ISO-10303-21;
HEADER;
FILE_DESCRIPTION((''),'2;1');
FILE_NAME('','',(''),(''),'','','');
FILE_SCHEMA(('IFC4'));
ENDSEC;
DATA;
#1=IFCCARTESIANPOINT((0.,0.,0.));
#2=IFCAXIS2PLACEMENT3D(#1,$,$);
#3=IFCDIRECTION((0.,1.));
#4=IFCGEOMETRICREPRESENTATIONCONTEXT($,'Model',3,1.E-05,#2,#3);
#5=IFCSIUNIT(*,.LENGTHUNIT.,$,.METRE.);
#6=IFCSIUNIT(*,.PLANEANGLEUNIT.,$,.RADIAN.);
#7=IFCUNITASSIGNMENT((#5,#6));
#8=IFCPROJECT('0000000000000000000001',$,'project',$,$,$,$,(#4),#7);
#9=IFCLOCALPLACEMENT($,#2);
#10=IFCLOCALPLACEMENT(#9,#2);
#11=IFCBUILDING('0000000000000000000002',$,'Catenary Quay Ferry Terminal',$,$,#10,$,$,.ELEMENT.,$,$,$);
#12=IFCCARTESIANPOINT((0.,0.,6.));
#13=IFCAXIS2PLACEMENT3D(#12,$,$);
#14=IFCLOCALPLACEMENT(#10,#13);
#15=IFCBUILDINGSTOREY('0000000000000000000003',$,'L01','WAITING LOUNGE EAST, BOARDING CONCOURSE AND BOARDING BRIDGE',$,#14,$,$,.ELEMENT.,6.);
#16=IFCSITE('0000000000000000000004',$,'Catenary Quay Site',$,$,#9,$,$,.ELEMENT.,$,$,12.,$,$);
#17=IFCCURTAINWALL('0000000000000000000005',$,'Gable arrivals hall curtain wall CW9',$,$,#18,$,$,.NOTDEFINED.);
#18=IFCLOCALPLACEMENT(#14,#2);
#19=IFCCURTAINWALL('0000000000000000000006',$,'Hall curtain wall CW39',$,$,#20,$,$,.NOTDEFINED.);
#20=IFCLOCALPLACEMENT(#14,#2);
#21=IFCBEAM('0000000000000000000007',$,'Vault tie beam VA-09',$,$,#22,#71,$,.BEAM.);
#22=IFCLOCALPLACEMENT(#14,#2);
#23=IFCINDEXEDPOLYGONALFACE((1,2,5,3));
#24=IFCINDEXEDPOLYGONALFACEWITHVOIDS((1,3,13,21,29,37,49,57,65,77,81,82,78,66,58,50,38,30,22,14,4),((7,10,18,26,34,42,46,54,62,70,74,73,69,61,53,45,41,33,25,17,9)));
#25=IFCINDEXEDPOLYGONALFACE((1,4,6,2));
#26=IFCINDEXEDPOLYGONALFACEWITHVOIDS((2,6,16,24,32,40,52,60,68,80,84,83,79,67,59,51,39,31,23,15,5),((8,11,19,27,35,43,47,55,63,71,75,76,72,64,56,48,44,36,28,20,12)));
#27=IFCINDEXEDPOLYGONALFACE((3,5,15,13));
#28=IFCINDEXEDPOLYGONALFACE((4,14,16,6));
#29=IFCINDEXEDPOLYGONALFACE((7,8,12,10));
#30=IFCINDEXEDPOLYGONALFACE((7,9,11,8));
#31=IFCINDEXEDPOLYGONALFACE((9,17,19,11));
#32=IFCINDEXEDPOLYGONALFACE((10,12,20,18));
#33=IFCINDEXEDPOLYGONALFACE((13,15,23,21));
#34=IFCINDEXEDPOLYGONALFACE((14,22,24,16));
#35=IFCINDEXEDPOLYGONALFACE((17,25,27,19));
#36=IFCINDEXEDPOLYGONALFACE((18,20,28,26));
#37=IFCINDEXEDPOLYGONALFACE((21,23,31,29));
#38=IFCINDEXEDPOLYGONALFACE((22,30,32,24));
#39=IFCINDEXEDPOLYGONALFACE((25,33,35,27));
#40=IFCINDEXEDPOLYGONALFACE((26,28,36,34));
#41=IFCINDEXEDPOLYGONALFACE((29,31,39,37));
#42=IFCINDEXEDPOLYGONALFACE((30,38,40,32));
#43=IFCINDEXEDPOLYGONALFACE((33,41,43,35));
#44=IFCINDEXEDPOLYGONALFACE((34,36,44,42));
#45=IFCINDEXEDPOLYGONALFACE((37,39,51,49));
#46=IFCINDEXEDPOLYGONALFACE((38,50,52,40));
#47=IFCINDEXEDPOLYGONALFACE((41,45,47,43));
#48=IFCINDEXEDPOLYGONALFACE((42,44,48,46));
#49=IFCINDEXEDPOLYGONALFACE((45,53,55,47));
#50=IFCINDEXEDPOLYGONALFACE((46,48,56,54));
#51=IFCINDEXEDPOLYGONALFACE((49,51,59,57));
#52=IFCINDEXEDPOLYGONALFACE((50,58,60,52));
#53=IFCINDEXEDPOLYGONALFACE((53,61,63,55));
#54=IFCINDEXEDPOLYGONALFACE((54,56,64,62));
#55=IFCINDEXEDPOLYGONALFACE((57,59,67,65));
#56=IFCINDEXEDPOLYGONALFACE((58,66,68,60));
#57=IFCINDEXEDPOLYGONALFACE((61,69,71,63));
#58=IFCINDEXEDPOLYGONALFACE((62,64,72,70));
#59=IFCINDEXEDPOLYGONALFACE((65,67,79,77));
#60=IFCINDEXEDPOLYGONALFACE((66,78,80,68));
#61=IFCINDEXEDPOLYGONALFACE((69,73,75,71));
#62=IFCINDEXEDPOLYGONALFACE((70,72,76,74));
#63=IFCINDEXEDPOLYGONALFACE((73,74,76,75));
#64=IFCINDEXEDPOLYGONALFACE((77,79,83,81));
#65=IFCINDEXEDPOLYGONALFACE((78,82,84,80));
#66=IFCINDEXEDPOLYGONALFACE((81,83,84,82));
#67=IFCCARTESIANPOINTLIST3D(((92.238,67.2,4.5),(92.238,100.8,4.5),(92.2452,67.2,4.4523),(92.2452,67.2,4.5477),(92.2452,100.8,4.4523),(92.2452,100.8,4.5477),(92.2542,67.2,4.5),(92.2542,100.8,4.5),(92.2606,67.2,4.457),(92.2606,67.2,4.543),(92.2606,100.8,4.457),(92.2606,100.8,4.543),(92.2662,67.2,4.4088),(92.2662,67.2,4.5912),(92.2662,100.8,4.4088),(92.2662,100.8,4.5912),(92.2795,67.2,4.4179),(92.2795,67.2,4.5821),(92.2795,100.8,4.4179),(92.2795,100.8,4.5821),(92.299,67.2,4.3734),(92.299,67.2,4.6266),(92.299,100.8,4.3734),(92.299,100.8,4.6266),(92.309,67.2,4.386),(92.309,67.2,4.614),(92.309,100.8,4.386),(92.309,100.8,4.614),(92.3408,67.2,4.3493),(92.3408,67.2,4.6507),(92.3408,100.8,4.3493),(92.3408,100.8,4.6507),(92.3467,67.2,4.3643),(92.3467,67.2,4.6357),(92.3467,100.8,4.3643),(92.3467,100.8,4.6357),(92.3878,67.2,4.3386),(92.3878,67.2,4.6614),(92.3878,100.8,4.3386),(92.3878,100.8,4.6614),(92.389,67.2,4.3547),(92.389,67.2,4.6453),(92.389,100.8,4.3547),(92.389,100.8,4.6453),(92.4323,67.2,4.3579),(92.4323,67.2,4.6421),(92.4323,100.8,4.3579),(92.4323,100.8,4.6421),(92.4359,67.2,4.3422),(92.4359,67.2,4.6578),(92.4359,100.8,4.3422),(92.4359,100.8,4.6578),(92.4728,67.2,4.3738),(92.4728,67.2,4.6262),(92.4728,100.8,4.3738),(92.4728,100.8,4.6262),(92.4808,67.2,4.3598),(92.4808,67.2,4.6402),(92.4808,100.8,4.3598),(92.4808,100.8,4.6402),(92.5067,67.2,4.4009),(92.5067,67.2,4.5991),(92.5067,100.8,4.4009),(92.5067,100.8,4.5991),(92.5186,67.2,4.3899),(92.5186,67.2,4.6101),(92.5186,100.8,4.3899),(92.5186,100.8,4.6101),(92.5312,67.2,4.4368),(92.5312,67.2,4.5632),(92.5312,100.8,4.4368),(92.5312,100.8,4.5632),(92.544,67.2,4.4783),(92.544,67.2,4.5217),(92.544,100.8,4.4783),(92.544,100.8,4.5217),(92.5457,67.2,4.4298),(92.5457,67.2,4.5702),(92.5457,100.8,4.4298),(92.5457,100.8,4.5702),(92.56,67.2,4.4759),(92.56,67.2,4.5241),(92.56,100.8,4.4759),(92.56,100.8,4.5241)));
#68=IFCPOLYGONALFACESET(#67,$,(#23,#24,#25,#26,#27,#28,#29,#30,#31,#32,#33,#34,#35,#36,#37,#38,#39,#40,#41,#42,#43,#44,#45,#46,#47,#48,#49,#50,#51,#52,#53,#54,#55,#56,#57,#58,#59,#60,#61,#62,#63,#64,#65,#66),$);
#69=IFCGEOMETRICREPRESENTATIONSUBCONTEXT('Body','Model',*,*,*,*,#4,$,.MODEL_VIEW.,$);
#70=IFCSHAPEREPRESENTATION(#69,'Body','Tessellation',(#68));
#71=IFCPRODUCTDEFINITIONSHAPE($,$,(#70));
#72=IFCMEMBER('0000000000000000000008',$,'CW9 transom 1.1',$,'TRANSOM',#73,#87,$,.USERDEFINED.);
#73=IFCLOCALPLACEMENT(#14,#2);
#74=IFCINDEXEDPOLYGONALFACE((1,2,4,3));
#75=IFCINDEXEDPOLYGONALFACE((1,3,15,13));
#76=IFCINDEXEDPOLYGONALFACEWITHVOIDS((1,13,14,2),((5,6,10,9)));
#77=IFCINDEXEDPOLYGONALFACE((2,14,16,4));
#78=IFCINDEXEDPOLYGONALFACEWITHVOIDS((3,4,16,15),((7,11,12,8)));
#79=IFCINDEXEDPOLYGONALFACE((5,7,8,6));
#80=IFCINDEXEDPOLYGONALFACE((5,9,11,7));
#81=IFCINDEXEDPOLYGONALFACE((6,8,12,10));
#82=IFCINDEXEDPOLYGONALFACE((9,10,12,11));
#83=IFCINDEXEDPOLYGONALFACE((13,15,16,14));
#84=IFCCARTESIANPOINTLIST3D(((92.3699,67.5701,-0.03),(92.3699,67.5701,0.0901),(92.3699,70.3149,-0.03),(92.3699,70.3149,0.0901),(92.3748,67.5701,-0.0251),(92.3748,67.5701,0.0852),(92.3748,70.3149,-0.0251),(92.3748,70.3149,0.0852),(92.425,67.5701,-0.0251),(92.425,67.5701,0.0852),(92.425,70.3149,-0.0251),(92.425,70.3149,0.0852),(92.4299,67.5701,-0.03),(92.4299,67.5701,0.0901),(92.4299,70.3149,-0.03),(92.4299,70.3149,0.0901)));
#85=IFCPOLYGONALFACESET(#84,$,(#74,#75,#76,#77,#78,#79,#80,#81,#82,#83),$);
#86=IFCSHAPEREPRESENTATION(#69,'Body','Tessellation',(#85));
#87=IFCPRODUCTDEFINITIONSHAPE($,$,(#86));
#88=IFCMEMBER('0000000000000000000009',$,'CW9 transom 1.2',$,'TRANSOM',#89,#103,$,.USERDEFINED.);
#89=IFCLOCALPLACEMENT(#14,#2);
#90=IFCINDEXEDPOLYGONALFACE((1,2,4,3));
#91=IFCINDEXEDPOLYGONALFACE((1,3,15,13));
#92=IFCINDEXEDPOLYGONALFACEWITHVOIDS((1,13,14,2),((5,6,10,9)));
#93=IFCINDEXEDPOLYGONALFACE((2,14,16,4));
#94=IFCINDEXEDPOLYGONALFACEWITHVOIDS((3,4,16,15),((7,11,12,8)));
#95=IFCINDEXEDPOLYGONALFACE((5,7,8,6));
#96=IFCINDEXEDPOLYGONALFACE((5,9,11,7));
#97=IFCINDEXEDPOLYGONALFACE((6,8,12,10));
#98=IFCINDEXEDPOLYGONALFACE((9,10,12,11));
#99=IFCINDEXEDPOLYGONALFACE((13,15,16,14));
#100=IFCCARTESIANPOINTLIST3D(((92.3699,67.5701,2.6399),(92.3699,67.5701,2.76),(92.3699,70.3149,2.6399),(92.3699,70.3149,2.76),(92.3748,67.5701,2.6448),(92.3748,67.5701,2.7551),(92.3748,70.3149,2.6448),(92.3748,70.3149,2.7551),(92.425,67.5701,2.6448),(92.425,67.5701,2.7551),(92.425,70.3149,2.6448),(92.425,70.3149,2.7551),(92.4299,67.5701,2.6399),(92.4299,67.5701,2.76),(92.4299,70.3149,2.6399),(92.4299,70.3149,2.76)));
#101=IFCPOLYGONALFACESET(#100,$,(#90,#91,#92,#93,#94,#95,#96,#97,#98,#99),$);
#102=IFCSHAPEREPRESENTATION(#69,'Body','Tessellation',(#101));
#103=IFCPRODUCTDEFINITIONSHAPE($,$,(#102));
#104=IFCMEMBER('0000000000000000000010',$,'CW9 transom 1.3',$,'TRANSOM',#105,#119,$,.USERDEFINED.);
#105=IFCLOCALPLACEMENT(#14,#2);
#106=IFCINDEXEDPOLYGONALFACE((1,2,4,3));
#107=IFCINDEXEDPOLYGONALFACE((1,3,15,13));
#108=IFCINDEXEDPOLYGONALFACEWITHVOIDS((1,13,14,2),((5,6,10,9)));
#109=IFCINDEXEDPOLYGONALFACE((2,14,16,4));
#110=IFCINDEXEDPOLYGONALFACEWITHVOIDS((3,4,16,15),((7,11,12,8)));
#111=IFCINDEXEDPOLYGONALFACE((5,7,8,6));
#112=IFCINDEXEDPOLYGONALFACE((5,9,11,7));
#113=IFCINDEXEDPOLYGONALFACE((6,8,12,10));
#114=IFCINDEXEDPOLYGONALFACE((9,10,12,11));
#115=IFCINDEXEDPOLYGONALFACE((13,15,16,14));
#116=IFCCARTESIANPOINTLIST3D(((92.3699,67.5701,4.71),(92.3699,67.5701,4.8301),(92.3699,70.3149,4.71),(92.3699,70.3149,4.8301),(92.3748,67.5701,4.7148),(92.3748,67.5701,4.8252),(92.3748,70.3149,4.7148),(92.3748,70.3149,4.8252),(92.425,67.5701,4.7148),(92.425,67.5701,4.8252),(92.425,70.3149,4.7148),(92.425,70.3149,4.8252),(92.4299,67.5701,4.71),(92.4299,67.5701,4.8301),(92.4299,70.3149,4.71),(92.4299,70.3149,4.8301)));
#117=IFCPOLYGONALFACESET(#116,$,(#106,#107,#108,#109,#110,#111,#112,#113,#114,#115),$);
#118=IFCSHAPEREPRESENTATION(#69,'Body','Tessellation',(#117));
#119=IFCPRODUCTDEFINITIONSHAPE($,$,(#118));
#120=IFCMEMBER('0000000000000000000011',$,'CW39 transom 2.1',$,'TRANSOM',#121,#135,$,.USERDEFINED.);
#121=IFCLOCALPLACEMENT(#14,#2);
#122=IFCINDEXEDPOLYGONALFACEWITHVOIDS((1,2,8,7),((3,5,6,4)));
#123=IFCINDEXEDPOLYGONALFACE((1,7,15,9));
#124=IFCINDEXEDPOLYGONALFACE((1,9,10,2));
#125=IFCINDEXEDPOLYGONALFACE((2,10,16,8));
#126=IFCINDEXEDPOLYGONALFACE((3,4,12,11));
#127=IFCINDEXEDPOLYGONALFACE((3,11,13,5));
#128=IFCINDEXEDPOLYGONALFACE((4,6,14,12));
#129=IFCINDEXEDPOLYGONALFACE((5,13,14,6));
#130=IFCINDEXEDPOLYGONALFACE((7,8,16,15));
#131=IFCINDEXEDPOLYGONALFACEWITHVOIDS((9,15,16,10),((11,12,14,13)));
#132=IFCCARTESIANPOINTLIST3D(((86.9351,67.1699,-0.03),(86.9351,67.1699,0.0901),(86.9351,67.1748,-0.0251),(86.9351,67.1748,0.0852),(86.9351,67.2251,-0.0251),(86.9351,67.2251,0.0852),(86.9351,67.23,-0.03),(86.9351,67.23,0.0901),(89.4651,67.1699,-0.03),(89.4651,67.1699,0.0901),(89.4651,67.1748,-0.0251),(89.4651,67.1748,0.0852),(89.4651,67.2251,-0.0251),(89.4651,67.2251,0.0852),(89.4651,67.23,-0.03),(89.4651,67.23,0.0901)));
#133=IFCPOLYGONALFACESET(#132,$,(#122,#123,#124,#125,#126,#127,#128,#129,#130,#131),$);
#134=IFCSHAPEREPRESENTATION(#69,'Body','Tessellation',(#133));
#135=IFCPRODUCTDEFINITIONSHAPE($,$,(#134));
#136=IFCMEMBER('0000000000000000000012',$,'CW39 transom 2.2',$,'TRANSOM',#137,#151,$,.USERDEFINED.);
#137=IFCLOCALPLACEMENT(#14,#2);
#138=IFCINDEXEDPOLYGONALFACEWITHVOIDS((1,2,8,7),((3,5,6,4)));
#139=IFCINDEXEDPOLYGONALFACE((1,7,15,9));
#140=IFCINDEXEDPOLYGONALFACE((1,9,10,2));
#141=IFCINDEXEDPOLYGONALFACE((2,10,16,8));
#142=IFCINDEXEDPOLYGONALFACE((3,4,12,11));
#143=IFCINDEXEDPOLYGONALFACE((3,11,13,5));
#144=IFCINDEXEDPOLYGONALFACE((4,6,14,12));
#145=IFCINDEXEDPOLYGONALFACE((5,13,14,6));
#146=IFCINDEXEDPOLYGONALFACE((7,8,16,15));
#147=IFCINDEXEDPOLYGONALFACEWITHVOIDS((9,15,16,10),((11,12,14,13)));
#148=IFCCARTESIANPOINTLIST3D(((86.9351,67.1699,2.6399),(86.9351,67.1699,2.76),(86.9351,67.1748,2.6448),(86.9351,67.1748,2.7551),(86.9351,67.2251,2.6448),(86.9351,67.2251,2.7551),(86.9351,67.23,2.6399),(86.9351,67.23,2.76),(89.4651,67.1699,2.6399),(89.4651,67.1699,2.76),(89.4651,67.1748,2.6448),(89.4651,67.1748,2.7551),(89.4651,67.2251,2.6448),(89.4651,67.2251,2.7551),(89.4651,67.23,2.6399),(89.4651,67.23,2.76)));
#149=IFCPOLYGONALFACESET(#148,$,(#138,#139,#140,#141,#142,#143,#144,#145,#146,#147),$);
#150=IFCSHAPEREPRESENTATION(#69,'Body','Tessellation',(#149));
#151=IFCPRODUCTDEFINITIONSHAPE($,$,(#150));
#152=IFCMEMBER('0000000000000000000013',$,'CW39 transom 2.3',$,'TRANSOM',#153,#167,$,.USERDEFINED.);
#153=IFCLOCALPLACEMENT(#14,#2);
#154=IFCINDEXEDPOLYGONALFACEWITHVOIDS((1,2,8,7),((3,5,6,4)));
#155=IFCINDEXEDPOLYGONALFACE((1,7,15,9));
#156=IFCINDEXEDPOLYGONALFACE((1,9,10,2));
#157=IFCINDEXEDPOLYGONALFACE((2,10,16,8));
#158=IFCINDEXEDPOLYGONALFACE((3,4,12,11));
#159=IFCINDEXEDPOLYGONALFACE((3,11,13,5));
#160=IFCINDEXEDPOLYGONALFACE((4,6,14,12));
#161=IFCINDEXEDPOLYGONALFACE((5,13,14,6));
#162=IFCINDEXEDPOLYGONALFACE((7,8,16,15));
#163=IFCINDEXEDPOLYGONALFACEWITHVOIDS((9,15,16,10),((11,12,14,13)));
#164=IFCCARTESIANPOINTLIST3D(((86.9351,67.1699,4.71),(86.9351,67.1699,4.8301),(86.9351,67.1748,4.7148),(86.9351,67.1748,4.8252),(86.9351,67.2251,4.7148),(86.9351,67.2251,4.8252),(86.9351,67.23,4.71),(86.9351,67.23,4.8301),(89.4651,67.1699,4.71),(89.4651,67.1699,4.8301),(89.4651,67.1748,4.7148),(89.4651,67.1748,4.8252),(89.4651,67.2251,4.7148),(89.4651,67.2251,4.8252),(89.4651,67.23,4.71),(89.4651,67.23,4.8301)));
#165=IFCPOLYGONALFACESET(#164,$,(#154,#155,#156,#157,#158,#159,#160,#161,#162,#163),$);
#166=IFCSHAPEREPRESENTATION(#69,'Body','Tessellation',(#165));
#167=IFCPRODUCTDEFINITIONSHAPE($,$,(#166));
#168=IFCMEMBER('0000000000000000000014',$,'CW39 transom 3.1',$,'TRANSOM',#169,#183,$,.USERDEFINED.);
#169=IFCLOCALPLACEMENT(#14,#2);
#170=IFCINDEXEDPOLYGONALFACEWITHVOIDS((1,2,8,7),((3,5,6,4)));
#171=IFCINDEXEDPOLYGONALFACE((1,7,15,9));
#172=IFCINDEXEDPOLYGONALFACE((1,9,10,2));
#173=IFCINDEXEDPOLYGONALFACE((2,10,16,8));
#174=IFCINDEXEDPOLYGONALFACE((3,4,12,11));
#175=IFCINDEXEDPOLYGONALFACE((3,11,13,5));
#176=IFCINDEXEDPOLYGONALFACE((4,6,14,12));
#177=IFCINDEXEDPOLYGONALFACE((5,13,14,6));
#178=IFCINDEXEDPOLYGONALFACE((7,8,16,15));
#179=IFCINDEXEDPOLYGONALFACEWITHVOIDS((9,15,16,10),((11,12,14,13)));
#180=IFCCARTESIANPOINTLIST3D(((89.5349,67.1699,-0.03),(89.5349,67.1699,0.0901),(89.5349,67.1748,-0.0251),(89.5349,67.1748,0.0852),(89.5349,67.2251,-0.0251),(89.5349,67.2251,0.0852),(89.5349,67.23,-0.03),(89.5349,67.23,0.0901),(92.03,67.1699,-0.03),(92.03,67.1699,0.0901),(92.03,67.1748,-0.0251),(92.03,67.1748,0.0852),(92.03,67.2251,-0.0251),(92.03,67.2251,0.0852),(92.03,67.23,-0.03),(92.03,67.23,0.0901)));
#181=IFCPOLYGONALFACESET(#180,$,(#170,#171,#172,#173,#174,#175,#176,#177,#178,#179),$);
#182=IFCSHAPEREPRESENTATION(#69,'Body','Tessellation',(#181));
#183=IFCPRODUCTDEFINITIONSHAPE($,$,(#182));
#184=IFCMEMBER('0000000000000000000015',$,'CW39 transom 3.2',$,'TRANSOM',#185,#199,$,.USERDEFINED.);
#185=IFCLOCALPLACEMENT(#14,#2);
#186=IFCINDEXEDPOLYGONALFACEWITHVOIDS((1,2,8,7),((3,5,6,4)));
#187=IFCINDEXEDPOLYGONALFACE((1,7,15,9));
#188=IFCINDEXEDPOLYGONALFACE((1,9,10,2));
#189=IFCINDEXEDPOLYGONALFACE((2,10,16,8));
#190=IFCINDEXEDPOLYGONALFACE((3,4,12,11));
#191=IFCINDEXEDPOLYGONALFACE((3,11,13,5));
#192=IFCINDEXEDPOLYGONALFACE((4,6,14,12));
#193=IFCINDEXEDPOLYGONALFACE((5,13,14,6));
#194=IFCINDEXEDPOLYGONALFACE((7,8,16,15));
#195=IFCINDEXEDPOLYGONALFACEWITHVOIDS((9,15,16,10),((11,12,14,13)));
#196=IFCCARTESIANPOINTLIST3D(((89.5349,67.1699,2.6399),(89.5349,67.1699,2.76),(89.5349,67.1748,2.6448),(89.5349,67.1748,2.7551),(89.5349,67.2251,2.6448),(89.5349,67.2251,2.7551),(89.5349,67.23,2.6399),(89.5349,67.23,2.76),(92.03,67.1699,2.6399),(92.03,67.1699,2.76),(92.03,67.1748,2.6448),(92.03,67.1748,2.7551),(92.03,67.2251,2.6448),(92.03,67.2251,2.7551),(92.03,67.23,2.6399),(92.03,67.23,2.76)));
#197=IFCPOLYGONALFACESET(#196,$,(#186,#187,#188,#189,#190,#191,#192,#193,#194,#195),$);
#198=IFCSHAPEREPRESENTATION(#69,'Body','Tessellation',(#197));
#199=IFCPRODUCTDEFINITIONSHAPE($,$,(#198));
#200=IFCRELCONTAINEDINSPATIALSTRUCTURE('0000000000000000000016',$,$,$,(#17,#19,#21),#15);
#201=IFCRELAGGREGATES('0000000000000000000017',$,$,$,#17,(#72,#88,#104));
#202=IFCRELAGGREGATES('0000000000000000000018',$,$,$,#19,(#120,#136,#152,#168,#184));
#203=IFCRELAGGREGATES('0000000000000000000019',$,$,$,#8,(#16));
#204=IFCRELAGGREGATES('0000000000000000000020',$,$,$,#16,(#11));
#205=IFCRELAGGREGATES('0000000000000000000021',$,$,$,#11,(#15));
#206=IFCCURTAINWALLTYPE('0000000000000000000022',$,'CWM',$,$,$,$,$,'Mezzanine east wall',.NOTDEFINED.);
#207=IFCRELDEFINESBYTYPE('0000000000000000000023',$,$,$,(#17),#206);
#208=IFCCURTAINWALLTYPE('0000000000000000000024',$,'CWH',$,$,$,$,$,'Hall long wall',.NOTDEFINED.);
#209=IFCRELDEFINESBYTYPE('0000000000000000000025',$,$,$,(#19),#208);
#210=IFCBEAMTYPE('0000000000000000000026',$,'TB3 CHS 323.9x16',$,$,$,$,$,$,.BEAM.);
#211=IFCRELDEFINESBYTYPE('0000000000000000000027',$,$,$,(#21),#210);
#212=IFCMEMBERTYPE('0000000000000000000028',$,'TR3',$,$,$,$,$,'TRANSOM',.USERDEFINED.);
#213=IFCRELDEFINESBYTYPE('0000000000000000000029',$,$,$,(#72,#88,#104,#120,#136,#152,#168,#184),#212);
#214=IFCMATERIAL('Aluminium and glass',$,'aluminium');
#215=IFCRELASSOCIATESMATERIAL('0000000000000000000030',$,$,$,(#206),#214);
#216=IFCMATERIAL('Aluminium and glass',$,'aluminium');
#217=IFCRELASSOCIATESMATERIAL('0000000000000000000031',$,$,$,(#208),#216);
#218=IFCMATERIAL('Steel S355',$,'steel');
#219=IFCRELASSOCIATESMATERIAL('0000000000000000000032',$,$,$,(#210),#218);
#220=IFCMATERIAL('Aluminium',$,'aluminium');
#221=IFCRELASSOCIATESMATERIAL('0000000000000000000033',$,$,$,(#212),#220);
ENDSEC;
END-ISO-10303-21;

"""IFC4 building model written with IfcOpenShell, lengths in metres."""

from ifc_helpers import new_model, si_unit, direction, frame, origin, origin_2d, place, context, subcontext, project, spatial, hollow_rectangle, hollow_circle, extrude, material, material_profile, profile_set, type_object, element, aggregate, save


model = new_model("IFC4")

# Units and contexts
model_context = context("Model", 3, precision=1e-05, world=origin(), true_north=direction((0.0, 1.0)))
body_context = subcontext(model_context, "Body", "Model", "MODEL_VIEW")
ifc_project = project(units=[si_unit("LENGTHUNIT", "METRE"), si_unit("PLANEANGLEUNIT", "RADIAN")], contexts=[model_context])

# Site, building, storey
site_placement = place(None, origin())
site = spatial("IfcSite", under=ifc_project, at=site_placement, Name="Catenary Quay Site", CompositionType="ELEMENT", RefElevation=12.0)
building_placement = place(site_placement, origin())
building = spatial("IfcBuilding", under=site, at=building_placement, Name="Catenary Quay Ferry Terminal", CompositionType="ELEMENT")
storey_placement = place(building_placement, frame((0.0, 0.0, 6.0)))
storey = spatial("IfcBuildingStorey", under=building, at=storey_placement, Name="L01", Description="WAITING LOUNGE EAST, BOARDING CONCOURSE AND BOARDING BRIDGE", CompositionType="ELEMENT", Elevation=6.0)

# Curtain wall
ifc_material_1 = material(Name="Aluminium and glass", Category="aluminium")
curtain_wall_type_1 = type_object("IfcCurtainWallType", Name="CWM", ElementType="Mezzanine east wall", PredefinedType="NOTDEFINED", material=ifc_material_1)
curtain_wall_1_placement = place(storey_placement, origin())
curtain_wall_1 = element("IfcCurtainWall", 1, at=curtain_wall_1_placement, inside=storey, type_object=curtain_wall_type_1, Name="Gable arrivals hall curtain wall CW9", PredefinedType="NOTDEFINED")

# Curtain wall
ifc_material_2 = material(Name="Aluminium and glass", Category="aluminium")
curtain_wall_type_2 = type_object("IfcCurtainWallType", Name="CWH", ElementType="Hall long wall", PredefinedType="NOTDEFINED", material=ifc_material_2)
curtain_wall_2_placement = place(storey_placement, origin())
curtain_wall_2 = element("IfcCurtainWall", 2, at=curtain_wall_2_placement, inside=storey, type_object=curtain_wall_type_2, Name="Hall curtain wall CW39", PredefinedType="NOTDEFINED")

# Beam
ifc_material_3 = material(Name="Steel S355", Category="steel")
ifc_material_profile_1 = material_profile(ifc_material_3, hollow_circle(Radius=0.1619, WallThickness=0.0161, at=origin_2d()), Name="CHS 323.9x16")
ifc_profile_set_1 = profile_set([ifc_material_profile_1], Name="Steel S355")
beam_type_1 = type_object("IfcBeamType", Name="TB3 CHS 323.9x16", PredefinedType="BEAM", material=ifc_profile_set_1)
beam_1_placement = place(storey_placement, frame((92.3999, 67.2, 4.5), z_axis=(0.0, 1.0, 0.0), x_axis=(-1.0, 0.0, 0.0)))
element("IfcBeam", 3, at=beam_1_placement, inside=storey, type_object=beam_type_1, Name="Vault tie beam VA-09", PredefinedType="BEAM", context=body_context, shape_type="SweptSolid", body=[
    extrude(hollow_circle(Radius=0.1619, WallThickness=0.0161, at=origin_2d()), origin(), (0.0, 0.0, 1.0), 33.6001),
])

# Members
ifc_material_4 = material(Name="Aluminium", Category="aluminium")
ifc_material_profile_2 = material_profile(ifc_material_4, hollow_rectangle(XDim=0.0601, YDim=0.1201, WallThickness=0.0049, at=origin_2d()), Name="TR3")
ifc_profile_set_2 = profile_set([ifc_material_profile_2], Name="Aluminium")
member_type_1 = type_object("IfcMemberType", Name="TR3", ElementType="TRANSOM", PredefinedType="USERDEFINED", material=ifc_profile_set_2)
member_1_placement = place(storey_placement, frame((92.3999, 67.5701, 0.03), z_axis=(0.0, 1.0, 0.0), x_axis=(-1.0, 0.0, 0.0)))
member_1 = element("IfcMember", 4, at=member_1_placement, type_object=member_type_1, Name="CW9 transom 1.1", ObjectType="TRANSOM", PredefinedType="USERDEFINED", context=body_context, shape_type="SweptSolid", body=[
    extrude(hollow_rectangle(XDim=0.0601, YDim=0.1201, WallThickness=0.0049, at=origin_2d()), origin(), (0.0, 0.0, 1.0), 2.7449),
])
member_2_placement = place(storey_placement, frame((92.3999, 67.5701, 2.7), z_axis=(0.0, 1.0, 0.0), x_axis=(-1.0, 0.0, 0.0)))
member_2 = element("IfcMember", 5, at=member_2_placement, type_object=member_type_1, Name="CW9 transom 1.2", ObjectType="TRANSOM", PredefinedType="USERDEFINED", context=body_context, shape_type="SweptSolid", body=[
    extrude(hollow_rectangle(XDim=0.0601, YDim=0.1201, WallThickness=0.0049, at=origin_2d()), origin(), (0.0, 0.0, 1.0), 2.7449),
])
member_3_placement = place(storey_placement, frame((92.3999, 67.5701, 4.77), z_axis=(0.0, 1.0, 0.0), x_axis=(-1.0, 0.0, 0.0)))
member_3 = element("IfcMember", 6, at=member_3_placement, type_object=member_type_1, Name="CW9 transom 1.3", ObjectType="TRANSOM", PredefinedType="USERDEFINED", context=body_context, shape_type="SweptSolid", body=[
    extrude(hollow_rectangle(XDim=0.0601, YDim=0.1201, WallThickness=0.0049, at=origin_2d()), origin(), (0.0, 0.0, 1.0), 2.7449),
])
aggregate(curtain_wall_1, [member_1, member_2, member_3])
member_4_placement = place(storey_placement, frame((86.9351, 67.2, 0.03), z_axis=(1.0, 0.0, 0.0), x_axis=(0.0, 1.0, 0.0)))
member_4 = element("IfcMember", 7, at=member_4_placement, type_object=member_type_1, Name="CW39 transom 2.1", ObjectType="TRANSOM", PredefinedType="USERDEFINED", context=body_context, shape_type="SweptSolid", body=[
    extrude(hollow_rectangle(XDim=0.0601, YDim=0.1201, WallThickness=0.0049, at=origin_2d()), origin(), (0.0, 0.0, 1.0), 2.53),
])
member_5_placement = place(storey_placement, frame((86.9351, 67.2, 2.7), z_axis=(1.0, 0.0, 0.0), x_axis=(0.0, 1.0, 0.0)))
member_5 = element("IfcMember", 8, at=member_5_placement, type_object=member_type_1, Name="CW39 transom 2.2", ObjectType="TRANSOM", PredefinedType="USERDEFINED", context=body_context, shape_type="SweptSolid", body=[
    extrude(hollow_rectangle(XDim=0.0601, YDim=0.1201, WallThickness=0.0049, at=origin_2d()), origin(), (0.0, 0.0, 1.0), 2.53),
])
member_6_placement = place(storey_placement, frame((86.9351, 67.2, 4.77), z_axis=(1.0, 0.0, 0.0), x_axis=(0.0, 1.0, 0.0)))
member_6 = element("IfcMember", 9, at=member_6_placement, type_object=member_type_1, Name="CW39 transom 2.3", ObjectType="TRANSOM", PredefinedType="USERDEFINED", context=body_context, shape_type="SweptSolid", body=[
    extrude(hollow_rectangle(XDim=0.0601, YDim=0.1201, WallThickness=0.0049, at=origin_2d()), origin(), (0.0, 0.0, 1.0), 2.53),
])
member_7_placement = place(storey_placement, frame((89.5349, 67.2, 0.03), z_axis=(1.0, 0.0, 0.0), x_axis=(0.0, 1.0, 0.0)))
member_7 = element("IfcMember", 10, at=member_7_placement, type_object=member_type_1, Name="CW39 transom 3.1", ObjectType="TRANSOM", PredefinedType="USERDEFINED", context=body_context, shape_type="SweptSolid", body=[
    extrude(hollow_rectangle(XDim=0.0601, YDim=0.1201, WallThickness=0.0049, at=origin_2d()), origin(), (0.0, 0.0, 1.0), 2.4951),
])
member_8_placement = place(storey_placement, frame((89.5349, 67.2, 2.7), z_axis=(1.0, 0.0, 0.0), x_axis=(0.0, 1.0, 0.0)))
member_8 = element("IfcMember", 11, at=member_8_placement, type_object=member_type_1, Name="CW39 transom 3.2", ObjectType="TRANSOM", PredefinedType="USERDEFINED", context=body_context, shape_type="SweptSolid", body=[
    extrude(hollow_rectangle(XDim=0.0601, YDim=0.1201, WallThickness=0.0049, at=origin_2d()), origin(), (0.0, 0.0, 1.0), 2.4951),
])

aggregate(curtain_wall_2, [member_4, member_5, member_6, member_7, member_8])

save(model, "model.ifc")
